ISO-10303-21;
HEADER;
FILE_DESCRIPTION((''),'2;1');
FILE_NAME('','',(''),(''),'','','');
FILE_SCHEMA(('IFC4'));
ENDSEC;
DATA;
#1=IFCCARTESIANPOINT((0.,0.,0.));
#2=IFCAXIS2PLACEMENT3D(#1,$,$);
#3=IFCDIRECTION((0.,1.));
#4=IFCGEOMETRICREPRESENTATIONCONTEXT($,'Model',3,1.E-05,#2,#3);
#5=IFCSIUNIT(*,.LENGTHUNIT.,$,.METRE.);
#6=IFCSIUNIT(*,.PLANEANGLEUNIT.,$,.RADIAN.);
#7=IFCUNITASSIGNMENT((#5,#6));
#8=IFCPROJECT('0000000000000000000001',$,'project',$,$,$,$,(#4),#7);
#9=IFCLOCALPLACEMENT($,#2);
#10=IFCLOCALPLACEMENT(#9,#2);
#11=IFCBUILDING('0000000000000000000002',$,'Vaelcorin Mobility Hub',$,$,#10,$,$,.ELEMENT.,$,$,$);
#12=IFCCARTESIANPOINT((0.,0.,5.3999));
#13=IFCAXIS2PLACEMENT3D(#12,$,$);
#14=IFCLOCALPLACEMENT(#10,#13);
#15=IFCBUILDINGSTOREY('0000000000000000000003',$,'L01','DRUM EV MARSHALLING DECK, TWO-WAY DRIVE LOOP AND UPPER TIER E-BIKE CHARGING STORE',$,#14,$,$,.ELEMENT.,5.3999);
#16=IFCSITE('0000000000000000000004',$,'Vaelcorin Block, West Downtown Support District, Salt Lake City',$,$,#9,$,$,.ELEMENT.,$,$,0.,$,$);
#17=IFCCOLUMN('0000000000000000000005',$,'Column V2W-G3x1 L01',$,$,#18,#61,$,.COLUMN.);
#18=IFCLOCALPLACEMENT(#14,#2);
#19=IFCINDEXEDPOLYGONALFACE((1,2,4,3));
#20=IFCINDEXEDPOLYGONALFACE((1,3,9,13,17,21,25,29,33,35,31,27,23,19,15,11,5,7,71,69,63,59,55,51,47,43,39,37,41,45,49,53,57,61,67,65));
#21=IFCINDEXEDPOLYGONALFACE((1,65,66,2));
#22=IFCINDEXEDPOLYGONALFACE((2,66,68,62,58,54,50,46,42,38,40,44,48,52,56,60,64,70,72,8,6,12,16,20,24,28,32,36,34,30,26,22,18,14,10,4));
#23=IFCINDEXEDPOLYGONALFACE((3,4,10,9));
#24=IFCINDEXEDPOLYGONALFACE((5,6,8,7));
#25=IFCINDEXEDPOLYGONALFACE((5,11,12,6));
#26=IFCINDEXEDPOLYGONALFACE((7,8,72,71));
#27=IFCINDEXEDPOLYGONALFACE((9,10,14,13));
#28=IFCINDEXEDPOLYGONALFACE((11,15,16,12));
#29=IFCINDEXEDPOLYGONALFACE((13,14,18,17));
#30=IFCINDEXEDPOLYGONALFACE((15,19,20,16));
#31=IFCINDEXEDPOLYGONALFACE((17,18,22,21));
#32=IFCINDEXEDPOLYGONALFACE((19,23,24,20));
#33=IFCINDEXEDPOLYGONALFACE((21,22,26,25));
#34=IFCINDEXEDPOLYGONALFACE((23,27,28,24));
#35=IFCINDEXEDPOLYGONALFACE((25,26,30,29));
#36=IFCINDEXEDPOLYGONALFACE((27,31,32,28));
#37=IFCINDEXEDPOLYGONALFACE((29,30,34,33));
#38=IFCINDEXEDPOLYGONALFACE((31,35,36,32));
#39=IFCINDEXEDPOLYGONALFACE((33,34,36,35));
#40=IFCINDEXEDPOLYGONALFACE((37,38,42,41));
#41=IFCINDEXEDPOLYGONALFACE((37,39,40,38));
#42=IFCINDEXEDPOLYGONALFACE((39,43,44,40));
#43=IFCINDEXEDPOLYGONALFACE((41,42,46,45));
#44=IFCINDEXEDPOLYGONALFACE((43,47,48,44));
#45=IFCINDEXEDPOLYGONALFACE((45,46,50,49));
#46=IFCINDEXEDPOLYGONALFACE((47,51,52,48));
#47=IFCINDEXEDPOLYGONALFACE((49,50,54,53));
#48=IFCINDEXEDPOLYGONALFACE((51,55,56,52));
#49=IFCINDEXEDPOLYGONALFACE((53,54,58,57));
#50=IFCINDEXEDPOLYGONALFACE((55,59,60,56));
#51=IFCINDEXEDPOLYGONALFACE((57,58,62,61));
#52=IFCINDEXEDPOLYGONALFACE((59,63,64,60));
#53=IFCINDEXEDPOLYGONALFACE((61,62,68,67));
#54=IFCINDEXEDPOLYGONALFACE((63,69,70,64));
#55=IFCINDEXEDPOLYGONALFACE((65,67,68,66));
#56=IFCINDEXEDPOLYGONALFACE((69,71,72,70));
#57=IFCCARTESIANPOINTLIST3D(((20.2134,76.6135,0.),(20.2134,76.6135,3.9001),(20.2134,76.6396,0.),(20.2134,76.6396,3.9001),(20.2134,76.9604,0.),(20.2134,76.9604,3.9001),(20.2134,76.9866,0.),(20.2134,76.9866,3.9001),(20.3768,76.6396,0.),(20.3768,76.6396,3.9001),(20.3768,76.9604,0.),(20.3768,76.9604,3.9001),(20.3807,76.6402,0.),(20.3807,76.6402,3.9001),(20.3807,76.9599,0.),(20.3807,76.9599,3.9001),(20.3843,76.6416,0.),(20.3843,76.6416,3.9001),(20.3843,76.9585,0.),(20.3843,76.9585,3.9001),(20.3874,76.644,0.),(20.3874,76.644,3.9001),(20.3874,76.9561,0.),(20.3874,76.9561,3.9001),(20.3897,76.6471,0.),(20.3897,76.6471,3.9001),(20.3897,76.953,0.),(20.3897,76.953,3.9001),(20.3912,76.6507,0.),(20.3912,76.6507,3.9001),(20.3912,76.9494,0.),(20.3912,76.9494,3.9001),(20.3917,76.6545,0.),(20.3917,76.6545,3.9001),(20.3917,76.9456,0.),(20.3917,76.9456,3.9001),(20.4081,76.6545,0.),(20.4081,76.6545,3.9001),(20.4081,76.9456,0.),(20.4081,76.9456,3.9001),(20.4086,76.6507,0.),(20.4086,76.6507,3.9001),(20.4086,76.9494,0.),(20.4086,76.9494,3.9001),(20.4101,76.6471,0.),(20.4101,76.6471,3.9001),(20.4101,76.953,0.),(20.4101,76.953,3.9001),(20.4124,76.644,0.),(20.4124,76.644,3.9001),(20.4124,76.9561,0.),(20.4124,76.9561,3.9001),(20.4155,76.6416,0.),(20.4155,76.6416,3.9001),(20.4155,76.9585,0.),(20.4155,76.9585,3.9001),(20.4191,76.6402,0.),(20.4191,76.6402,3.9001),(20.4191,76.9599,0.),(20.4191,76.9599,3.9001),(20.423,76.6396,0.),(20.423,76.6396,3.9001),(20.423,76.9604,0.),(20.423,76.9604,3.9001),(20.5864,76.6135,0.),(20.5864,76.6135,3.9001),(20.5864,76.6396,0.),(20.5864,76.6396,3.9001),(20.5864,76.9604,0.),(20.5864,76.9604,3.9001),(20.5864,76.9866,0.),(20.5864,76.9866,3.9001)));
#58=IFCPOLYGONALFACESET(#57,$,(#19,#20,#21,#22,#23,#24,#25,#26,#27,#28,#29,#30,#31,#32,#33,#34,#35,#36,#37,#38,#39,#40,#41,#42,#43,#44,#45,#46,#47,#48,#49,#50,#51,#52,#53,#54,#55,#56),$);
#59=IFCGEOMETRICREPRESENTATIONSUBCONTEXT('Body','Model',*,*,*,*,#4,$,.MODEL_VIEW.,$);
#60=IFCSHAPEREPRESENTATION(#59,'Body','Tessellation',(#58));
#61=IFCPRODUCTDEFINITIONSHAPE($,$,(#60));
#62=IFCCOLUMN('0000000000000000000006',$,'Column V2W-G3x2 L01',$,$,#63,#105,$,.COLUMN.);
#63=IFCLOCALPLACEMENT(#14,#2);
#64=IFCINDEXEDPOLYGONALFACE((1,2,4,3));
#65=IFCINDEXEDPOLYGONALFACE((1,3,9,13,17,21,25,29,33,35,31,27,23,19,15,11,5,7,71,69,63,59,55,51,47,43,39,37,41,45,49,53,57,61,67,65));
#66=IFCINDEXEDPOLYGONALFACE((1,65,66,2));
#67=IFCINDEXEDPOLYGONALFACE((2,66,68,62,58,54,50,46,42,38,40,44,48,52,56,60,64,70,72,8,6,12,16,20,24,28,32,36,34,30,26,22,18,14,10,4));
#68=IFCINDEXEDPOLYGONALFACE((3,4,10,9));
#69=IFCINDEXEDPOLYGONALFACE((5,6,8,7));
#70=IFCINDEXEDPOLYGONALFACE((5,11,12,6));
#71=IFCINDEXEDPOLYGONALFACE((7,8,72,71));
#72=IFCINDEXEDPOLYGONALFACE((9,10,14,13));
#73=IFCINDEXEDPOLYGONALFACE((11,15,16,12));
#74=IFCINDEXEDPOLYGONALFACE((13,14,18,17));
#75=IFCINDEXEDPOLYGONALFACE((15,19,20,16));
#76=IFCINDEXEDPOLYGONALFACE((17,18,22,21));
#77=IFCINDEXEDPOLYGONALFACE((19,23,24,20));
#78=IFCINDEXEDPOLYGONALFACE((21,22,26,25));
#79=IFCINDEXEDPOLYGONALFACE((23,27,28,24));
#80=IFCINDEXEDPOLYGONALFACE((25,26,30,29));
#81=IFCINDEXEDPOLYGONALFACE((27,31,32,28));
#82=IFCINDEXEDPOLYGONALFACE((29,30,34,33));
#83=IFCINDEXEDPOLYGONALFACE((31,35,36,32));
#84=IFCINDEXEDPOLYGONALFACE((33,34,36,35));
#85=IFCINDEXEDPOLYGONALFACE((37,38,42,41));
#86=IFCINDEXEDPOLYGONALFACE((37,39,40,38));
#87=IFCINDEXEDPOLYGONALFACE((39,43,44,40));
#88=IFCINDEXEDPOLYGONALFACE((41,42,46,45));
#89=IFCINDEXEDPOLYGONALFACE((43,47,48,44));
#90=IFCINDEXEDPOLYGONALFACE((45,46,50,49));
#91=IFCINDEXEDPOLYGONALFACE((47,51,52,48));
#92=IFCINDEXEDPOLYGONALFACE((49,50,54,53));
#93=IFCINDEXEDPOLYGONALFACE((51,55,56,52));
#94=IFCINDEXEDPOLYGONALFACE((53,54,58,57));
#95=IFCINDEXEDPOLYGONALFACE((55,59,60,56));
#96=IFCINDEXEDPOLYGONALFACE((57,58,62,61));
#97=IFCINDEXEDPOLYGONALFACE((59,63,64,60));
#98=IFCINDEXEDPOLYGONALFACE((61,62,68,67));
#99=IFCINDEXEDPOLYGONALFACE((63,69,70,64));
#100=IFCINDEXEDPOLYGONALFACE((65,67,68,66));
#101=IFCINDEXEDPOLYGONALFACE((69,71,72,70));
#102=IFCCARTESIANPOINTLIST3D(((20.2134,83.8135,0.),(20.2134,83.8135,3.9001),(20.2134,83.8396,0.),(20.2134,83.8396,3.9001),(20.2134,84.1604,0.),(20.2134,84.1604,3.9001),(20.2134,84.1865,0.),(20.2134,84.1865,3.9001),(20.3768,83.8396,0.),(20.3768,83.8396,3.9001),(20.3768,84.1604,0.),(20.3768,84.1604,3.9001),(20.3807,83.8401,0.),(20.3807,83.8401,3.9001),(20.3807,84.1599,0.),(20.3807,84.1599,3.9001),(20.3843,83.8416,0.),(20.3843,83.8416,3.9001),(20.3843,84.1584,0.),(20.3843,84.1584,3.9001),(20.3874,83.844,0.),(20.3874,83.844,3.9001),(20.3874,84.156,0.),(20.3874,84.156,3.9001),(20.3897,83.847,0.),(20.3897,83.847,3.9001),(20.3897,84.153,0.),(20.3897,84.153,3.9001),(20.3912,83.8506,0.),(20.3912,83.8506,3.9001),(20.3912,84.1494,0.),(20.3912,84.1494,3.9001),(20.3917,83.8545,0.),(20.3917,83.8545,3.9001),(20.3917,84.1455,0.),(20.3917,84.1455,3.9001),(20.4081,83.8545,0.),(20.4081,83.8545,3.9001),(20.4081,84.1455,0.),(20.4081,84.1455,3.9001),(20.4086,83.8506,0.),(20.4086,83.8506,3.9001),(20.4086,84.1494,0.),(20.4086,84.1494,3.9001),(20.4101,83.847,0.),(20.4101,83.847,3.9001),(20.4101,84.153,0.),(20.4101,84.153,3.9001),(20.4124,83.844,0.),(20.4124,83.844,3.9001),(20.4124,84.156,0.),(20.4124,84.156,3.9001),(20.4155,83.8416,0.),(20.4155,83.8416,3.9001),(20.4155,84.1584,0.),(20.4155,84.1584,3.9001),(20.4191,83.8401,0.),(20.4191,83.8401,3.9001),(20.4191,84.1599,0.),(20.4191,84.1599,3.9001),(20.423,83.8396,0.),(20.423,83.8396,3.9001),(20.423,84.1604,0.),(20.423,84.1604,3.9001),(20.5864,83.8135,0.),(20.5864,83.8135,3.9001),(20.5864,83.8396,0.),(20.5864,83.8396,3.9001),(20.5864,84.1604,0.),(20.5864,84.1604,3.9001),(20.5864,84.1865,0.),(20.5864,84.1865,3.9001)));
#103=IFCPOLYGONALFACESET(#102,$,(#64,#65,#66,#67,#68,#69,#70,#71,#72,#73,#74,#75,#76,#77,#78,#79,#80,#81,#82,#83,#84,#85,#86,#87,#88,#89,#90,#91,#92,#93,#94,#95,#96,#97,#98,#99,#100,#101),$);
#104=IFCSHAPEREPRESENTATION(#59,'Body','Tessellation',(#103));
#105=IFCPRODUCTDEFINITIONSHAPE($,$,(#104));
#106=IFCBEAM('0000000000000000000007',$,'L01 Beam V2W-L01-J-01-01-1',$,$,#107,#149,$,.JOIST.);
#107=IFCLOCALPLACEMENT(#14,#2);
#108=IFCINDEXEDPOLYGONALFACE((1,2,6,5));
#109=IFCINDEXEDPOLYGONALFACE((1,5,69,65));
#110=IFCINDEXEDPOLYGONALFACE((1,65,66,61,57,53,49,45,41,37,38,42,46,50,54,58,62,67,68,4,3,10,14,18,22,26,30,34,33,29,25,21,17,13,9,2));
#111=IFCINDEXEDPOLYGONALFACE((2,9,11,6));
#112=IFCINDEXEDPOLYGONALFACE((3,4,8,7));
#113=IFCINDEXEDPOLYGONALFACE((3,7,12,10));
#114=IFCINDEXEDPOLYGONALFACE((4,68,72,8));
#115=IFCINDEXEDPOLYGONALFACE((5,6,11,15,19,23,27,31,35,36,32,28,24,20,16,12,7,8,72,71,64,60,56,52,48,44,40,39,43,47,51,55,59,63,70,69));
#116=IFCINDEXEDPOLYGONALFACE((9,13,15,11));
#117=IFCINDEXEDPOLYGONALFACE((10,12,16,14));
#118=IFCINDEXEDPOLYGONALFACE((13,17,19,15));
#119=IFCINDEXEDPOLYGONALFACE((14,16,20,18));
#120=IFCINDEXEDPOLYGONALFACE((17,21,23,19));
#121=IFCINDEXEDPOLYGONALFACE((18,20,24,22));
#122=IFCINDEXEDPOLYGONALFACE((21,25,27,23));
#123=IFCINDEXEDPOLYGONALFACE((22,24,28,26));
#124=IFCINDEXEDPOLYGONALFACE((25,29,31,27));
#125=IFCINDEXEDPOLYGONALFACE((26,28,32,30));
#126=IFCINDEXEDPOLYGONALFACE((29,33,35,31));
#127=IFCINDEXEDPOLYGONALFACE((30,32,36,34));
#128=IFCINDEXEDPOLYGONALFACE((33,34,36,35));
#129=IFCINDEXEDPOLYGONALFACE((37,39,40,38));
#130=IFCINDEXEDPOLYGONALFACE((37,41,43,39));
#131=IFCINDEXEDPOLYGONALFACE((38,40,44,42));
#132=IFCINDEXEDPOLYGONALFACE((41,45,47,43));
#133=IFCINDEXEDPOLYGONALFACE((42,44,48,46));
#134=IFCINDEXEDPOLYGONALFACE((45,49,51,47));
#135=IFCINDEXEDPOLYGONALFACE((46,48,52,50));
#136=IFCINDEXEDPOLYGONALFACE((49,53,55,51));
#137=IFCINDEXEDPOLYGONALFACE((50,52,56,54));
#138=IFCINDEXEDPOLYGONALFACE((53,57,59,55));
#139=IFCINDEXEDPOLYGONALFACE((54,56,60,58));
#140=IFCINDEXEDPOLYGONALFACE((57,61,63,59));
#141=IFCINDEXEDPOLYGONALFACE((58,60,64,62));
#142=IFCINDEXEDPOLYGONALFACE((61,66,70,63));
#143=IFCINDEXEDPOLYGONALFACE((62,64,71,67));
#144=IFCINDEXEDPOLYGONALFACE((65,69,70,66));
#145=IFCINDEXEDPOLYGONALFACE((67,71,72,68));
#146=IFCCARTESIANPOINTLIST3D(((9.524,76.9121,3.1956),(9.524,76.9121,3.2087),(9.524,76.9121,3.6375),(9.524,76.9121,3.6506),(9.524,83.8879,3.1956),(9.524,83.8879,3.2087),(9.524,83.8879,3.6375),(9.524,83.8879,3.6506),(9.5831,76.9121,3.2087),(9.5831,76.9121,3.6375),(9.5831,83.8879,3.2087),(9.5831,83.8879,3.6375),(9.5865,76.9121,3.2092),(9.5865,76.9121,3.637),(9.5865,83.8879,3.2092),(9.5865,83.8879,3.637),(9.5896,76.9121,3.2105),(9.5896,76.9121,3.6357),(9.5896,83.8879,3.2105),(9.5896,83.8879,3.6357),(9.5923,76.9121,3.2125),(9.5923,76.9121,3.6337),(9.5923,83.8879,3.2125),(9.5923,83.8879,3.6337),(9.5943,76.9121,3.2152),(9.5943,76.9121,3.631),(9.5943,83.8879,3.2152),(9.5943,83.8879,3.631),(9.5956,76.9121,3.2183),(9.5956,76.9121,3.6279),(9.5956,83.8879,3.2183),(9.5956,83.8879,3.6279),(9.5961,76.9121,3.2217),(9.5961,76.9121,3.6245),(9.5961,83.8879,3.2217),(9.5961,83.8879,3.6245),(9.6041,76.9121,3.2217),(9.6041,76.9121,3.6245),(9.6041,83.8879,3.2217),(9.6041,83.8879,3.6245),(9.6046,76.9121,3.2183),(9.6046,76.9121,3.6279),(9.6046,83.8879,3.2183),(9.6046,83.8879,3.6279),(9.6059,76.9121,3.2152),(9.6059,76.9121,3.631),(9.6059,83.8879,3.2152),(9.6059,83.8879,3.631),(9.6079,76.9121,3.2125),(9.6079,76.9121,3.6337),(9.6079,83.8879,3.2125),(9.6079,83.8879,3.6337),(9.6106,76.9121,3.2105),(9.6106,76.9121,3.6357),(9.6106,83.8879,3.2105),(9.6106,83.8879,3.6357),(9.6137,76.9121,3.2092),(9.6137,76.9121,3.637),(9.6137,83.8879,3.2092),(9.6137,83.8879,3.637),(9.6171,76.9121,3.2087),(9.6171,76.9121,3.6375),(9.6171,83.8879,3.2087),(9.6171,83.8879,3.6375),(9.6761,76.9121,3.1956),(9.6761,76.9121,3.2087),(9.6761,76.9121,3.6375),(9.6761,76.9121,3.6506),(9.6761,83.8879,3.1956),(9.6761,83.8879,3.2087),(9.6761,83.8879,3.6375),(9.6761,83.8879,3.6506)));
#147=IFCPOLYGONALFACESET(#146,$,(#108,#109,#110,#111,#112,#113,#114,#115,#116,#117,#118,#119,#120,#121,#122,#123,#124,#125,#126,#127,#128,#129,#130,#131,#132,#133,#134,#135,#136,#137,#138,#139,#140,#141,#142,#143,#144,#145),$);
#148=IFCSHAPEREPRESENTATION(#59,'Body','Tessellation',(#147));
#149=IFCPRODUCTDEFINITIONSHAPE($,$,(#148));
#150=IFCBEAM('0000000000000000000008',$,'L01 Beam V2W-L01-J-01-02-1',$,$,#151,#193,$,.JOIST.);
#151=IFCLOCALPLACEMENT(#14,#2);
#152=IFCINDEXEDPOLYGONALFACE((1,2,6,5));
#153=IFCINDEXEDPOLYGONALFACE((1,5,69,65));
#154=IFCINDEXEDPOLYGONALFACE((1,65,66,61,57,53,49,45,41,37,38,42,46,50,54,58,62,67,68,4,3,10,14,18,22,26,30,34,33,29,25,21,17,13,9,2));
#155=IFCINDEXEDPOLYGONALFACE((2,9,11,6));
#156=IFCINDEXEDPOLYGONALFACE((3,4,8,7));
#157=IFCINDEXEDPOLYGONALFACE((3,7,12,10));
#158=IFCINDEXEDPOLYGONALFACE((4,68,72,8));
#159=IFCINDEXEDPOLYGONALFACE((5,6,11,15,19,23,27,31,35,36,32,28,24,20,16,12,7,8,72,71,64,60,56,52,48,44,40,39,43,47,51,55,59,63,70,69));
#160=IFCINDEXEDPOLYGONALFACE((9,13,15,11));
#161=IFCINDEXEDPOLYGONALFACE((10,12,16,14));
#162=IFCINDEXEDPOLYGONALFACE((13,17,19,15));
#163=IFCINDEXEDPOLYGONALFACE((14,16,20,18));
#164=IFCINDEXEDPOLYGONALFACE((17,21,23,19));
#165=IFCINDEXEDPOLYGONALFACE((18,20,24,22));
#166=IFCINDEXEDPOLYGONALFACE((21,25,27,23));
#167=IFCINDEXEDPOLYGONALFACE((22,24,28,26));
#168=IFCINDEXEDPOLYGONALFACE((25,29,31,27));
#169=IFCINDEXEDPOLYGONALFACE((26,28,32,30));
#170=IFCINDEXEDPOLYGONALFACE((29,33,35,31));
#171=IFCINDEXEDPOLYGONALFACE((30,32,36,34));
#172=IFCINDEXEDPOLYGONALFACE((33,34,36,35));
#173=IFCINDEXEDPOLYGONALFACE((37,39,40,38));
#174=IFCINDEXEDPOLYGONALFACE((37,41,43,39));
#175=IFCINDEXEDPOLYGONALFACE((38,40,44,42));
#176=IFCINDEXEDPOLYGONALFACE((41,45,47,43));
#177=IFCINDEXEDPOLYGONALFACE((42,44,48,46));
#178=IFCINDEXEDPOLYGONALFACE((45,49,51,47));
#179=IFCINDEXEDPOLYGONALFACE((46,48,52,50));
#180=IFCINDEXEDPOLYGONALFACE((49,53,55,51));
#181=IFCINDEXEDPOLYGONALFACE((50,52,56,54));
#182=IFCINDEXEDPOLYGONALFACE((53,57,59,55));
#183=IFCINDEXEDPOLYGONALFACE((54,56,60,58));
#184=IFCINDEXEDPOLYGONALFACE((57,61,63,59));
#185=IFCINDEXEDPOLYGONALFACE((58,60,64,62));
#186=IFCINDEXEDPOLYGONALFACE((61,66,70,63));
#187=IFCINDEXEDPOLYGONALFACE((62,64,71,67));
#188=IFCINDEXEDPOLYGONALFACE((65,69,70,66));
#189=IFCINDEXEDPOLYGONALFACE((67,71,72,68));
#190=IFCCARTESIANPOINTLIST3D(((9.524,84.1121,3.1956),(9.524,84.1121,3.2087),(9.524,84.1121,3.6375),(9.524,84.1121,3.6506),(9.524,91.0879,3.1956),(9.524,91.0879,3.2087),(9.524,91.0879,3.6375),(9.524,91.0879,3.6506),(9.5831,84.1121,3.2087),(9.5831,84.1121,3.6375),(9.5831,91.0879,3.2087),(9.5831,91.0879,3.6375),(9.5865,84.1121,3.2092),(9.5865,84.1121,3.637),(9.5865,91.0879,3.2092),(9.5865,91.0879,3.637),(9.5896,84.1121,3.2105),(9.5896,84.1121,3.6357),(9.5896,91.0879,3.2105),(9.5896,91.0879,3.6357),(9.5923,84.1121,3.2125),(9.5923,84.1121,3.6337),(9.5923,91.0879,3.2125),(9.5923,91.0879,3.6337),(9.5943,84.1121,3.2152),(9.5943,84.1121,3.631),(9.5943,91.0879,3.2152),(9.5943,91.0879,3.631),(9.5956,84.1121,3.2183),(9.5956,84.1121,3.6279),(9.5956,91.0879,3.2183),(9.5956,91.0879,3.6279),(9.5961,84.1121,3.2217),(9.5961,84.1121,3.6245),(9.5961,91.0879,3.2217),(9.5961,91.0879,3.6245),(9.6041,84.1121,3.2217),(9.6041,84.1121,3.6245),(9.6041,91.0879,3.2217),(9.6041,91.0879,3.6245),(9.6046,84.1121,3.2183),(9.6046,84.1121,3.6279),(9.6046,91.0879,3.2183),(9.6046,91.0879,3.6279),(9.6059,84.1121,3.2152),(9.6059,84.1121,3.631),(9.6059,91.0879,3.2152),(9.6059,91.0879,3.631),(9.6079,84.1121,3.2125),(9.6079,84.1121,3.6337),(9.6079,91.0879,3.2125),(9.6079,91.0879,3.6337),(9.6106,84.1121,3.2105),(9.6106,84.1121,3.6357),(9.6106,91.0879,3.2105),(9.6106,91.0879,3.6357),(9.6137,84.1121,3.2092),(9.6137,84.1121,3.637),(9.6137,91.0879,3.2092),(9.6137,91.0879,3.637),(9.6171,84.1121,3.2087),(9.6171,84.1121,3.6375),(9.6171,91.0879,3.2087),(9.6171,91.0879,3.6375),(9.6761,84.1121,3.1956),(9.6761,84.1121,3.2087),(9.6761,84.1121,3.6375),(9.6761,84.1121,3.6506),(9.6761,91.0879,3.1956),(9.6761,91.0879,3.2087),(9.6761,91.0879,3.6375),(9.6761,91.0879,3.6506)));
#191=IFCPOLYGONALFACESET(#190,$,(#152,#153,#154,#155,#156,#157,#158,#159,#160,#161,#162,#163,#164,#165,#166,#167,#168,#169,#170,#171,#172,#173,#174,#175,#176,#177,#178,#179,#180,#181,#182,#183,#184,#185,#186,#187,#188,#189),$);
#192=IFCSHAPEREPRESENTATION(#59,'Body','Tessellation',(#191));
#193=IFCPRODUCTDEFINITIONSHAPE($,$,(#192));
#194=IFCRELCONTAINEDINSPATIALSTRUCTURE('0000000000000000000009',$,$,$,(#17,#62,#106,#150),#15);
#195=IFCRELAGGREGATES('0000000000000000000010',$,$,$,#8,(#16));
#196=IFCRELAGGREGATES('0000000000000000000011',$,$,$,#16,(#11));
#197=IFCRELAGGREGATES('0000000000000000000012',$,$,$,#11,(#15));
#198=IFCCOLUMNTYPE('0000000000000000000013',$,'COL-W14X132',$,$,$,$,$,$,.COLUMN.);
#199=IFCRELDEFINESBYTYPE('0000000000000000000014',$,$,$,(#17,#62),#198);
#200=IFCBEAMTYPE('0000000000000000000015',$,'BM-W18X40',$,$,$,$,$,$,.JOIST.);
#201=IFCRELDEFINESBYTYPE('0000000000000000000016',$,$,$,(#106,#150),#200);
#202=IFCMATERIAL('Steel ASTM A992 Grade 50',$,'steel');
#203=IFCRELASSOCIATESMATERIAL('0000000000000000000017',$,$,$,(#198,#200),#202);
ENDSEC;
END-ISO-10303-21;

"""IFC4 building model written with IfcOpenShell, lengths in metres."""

from ifc_helpers import new_model, si_unit, direction, frame, origin, origin_2d, place, context, subcontext, project, spatial, i_section, extrude, material, material_profile, profile_set, type_object, element, save


model = new_model("IFC4")

# Units and contexts
model_context = context("Model", 3, precision=1e-05, world=origin(), true_north=direction((0.0, 1.0)))
body_context = subcontext(model_context, "Body", "Model", "MODEL_VIEW")
ifc_project = project(units=[si_unit("LENGTHUNIT", "METRE"), si_unit("PLANEANGLEUNIT", "RADIAN")], contexts=[model_context])

# Site, building, storey
site_placement = place(None, origin())
site = spatial("IfcSite", under=ifc_project, at=site_placement, Name="Vaelcorin Block, West Downtown Support District, Salt Lake City", CompositionType="ELEMENT", RefElevation=0.0)
building_placement = place(site_placement, origin())
building = spatial("IfcBuilding", under=site, at=building_placement, Name="Vaelcorin Mobility Hub", CompositionType="ELEMENT")
storey_placement = place(building_placement, frame((0.0, 0.0, 5.3999)))
storey = spatial("IfcBuildingStorey", under=building, at=storey_placement, Name="L01", Description="DRUM EV MARSHALLING DECK, TWO-WAY DRIVE LOOP AND UPPER TIER E-BIKE CHARGING STORE", CompositionType="ELEMENT", Elevation=5.3999)

# Columns
ifc_material_1 = material(Name="Steel ASTM A992 Grade 50", Category="steel")
ifc_material_profile_1 = material_profile(ifc_material_1, i_section(OverallWidth=0.373, OverallDepth=0.373, WebThickness=0.0164, FlangeThickness=0.0261, FilletRadius=0.0149, at=origin_2d()), Name="W14X132")
ifc_profile_set_1 = profile_set([ifc_material_profile_1], Name="Steel ASTM A992 Grade 50")
column_type = type_object("IfcColumnType", Name="COL-W14X132", PredefinedType="COLUMN", material=ifc_profile_set_1)
for number, where, z_axis, x_axis, name in (
    (1, (20.3999, 76.8, 0.0), (0.0, 0.0, 1.0), (1.0, 0.0, 0.0), "Column V2W-G3x1 L01"),
    (2, (20.3999, 84.0, 0.0), (0.0, 0.0, 1.0), (1.0, 0.0, 0.0), "Column V2W-G3x2 L01"),
):
    element("IfcColumn", number, at=place(storey_placement, frame(where, z_axis=z_axis, x_axis=x_axis)), inside=storey, type_object=column_type, Name=name, PredefinedType="COLUMN", context=body_context, shape_type="SweptSolid", body=[
        extrude(i_section(OverallWidth=0.373, OverallDepth=0.373, WebThickness=0.0164, FlangeThickness=0.0261, FilletRadius=0.0149, at=origin_2d()), origin(), (0.0, 0.0, 1.0), 3.9001),
    ])

# Beams
ifc_material_profile_2 = material_profile(ifc_material_1, i_section(OverallWidth=0.1521, OverallDepth=0.4551, WebThickness=0.0081, FlangeThickness=0.0132, FilletRadius=0.0129, at=origin_2d()), Name="W18X40")
ifc_profile_set_2 = profile_set([ifc_material_profile_2], Name="Steel ASTM A992 Grade 50")
beam_type_1 = type_object("IfcBeamType", Name="BM-W18X40", PredefinedType="JOIST", material=ifc_profile_set_2)
for number, where, z_axis, x_axis, name in (
    (3, (9.6001, 76.9121, 3.4231), (0.0, 1.0, 0.0), (-1.0, 0.0, 0.0), "L01 Beam V2W-L01-J-01-01-1"),
    (4, (9.6001, 84.1121, 3.4231), (0.0, 1.0, 0.0), (-1.0, 0.0, 0.0), "L01 Beam V2W-L01-J-01-02-1"),
):
    element("IfcBeam", number, at=place(storey_placement, frame(where, z_axis=z_axis, x_axis=x_axis)), inside=storey, type_object=beam_type_1, Name=name, PredefinedType="JOIST", context=body_context, shape_type="SweptSolid", body=[
        extrude(i_section(OverallWidth=0.1521, OverallDepth=0.4551, WebThickness=0.0081, FlangeThickness=0.0132, FilletRadius=0.0129, at=origin_2d()), origin(), (0.0, 0.0, 1.0), 6.9758),
    ])

save(model, "model.ifc")
